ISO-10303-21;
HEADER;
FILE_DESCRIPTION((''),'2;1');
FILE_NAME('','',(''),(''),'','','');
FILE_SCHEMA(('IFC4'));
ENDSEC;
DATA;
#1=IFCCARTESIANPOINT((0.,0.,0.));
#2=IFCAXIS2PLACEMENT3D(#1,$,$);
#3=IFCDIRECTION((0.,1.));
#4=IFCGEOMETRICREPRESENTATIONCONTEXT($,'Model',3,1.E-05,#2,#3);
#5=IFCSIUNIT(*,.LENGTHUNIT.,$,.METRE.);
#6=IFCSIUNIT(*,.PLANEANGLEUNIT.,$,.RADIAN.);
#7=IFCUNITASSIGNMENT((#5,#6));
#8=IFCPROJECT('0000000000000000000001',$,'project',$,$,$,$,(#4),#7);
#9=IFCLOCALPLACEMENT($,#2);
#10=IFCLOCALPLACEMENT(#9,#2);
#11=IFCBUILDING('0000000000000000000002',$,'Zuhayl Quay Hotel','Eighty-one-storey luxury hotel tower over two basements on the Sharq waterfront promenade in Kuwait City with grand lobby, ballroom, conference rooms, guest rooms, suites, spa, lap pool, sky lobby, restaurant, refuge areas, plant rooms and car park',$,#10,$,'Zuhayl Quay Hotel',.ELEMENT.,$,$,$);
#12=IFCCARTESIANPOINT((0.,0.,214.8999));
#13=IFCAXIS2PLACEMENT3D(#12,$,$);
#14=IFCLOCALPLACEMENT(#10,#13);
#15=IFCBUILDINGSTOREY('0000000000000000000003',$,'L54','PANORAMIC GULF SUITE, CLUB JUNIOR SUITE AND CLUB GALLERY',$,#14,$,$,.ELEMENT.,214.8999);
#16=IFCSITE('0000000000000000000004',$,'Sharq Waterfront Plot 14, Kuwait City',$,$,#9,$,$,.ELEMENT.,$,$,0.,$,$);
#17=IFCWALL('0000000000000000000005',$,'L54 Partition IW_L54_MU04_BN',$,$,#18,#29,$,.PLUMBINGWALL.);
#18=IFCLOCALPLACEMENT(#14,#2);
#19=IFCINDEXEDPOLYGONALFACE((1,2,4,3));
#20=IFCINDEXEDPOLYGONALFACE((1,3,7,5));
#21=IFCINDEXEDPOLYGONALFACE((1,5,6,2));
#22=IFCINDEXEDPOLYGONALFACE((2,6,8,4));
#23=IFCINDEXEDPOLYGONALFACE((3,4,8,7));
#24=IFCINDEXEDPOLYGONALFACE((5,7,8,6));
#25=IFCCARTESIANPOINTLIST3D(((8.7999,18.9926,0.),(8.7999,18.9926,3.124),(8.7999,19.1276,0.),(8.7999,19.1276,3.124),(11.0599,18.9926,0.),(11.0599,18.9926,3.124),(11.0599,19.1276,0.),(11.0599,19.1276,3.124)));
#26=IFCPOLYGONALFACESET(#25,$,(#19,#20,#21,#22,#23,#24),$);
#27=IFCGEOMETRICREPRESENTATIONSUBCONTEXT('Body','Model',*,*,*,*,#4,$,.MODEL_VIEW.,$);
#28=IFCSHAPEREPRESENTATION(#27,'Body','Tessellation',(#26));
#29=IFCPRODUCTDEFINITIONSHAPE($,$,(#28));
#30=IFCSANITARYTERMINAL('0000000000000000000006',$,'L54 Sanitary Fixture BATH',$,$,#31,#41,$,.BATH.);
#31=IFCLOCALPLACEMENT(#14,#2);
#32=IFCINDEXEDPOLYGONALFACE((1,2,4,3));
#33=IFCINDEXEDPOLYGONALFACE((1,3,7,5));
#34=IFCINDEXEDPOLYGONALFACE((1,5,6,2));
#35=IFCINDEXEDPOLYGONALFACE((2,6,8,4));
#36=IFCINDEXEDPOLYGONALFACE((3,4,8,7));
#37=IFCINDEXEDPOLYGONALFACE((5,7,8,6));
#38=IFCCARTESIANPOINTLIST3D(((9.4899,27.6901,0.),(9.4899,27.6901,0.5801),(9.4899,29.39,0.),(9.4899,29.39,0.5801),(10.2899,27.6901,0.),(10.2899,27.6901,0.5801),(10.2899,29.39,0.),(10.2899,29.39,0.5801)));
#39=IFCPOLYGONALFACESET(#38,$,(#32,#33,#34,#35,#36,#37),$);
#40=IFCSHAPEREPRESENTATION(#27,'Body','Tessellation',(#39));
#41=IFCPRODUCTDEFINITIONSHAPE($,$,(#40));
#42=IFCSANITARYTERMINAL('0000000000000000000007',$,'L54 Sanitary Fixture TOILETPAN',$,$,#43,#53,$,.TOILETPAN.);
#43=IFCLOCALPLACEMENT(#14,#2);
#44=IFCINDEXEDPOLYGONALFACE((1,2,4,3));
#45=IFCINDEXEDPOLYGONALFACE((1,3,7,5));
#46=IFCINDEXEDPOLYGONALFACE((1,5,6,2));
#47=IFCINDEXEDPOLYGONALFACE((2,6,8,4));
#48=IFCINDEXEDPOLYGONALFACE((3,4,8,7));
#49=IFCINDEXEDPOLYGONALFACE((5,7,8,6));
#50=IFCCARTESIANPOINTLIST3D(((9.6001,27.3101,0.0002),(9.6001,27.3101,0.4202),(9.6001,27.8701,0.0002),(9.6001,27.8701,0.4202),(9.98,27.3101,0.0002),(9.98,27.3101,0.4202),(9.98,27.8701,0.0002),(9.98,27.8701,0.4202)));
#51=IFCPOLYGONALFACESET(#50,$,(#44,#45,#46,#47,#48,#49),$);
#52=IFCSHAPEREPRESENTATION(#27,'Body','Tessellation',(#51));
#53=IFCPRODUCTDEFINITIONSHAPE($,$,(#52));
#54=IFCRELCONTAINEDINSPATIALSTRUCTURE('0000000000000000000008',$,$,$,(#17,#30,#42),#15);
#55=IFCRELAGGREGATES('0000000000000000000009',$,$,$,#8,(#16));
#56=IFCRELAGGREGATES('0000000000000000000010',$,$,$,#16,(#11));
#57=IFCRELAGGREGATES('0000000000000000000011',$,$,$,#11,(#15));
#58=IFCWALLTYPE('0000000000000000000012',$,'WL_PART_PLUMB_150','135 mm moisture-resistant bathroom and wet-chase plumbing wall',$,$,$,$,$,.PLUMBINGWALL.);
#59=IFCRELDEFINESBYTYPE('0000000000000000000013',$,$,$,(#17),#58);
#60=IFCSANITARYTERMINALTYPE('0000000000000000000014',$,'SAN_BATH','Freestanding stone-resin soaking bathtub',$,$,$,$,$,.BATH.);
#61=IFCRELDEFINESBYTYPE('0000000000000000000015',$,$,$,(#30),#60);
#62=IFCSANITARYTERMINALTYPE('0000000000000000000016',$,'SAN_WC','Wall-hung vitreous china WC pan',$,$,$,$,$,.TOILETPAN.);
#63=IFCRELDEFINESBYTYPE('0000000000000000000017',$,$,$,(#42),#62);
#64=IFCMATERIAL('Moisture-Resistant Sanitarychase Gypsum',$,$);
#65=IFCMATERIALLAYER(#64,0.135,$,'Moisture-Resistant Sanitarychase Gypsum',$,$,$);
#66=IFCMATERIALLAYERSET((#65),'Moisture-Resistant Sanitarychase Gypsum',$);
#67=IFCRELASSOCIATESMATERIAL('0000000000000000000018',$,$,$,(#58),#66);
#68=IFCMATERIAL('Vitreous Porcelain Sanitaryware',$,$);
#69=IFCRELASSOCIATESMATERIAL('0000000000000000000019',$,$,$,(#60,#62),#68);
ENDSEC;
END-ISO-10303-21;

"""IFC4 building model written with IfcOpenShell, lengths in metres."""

from ifc_helpers import new_model, si_unit, direction, frame, frame_2d, origin, origin_2d, place, context, subcontext, project, spatial, rectangle, extrude, material, layer, layer_set, type_object, element, save


model = new_model("IFC4")

# Units and contexts
model_context = context("Model", 3, precision=1e-05, world=origin(), true_north=direction((0.0, 1.0)))
body_context = subcontext(model_context, "Body", "Model", "MODEL_VIEW")
ifc_project = project(units=[si_unit("LENGTHUNIT", "METRE"), si_unit("PLANEANGLEUNIT", "RADIAN")], contexts=[model_context])

# Site, building, storey
site_placement = place(None, origin())
site = spatial("IfcSite", under=ifc_project, at=site_placement, Name="Sharq Waterfront Plot 14, Kuwait City", CompositionType="ELEMENT", RefElevation=0.0)
building_placement = place(site_placement, origin())
building = spatial("IfcBuilding", under=site, at=building_placement, Name="Zuhayl Quay Hotel", Description="Eighty-one-storey luxury hotel tower over two basements on the Sharq waterfront promenade in Kuwait City with grand lobby, ballroom, conference rooms, guest rooms, suites, spa, lap pool, sky lobby, restaurant, refuge areas, plant rooms and car park", LongName="Zuhayl Quay Hotel", CompositionType="ELEMENT")
storey_placement = place(building_placement, frame((0.0, 0.0, 214.8999)))
storey = spatial("IfcBuildingStorey", under=building, at=storey_placement, Name="L54", Description="PANORAMIC GULF SUITE, CLUB JUNIOR SUITE AND CLUB GALLERY", CompositionType="ELEMENT", Elevation=214.8999)

# Wall
ifc_material_1 = material(Name="Moisture-Resistant Sanitarychase Gypsum")
ifc_layer_1 = layer(ifc_material_1, 0.135, Name="Moisture-Resistant Sanitarychase Gypsum")
ifc_layer_set_1 = layer_set([ifc_layer_1], Name="Moisture-Resistant Sanitarychase Gypsum")
wall_type_1 = type_object("IfcWallType", Name="WL_PART_PLUMB_150", Description="135 mm moisture-resistant bathroom and wet-chase plumbing wall", PredefinedType="PLUMBINGWALL", material=ifc_layer_set_1)
wall_1_placement = place(storey_placement, frame((8.8, 19.0601, 0.0), z_axis=(0.0, 0.0, 1.0), x_axis=(1.0, 0.0, 0.0)))
element("IfcWall", 1, at=wall_1_placement, inside=storey, type_object=wall_type_1, Name="L54 Partition IW_L54_MU04_BN", PredefinedType="PLUMBINGWALL", context=body_context, shape_type="SweptSolid", body=[
    extrude(rectangle(XDim=2.26, YDim=0.135, at=frame_2d((1.1299, 0.0))), origin(), (0.0, 0.0, 1.0), 3.124),
])

# Sanitary terminals
ifc_material_2 = material(Name="Vitreous Porcelain Sanitaryware")
sanitary_terminal_type_1 = type_object("IfcSanitaryTerminalType", Name="SAN_BATH", Description="Freestanding stone-resin soaking bathtub", PredefinedType="BATH", material=ifc_material_2)
sanitary_terminal_1_placement = place(storey_placement, frame((9.8899, 28.54, 0.0), z_axis=(0.0, 0.0, 1.0), x_axis=(1.0, 0.0, 0.0)))
element("IfcSanitaryTerminal", 2, at=sanitary_terminal_1_placement, inside=storey, type_object=sanitary_terminal_type_1, Name="L54 Sanitary Fixture BATH", PredefinedType="BATH", context=body_context, shape_type="SweptSolid", body=[
    extrude(rectangle(XDim=0.8, YDim=1.7, at=origin_2d()), origin(), (0.0, 0.0, 1.0), 0.5801),
])
sanitary_terminal_type_2 = type_object("IfcSanitaryTerminalType", Name="SAN_WC", Description="Wall-hung vitreous china WC pan", PredefinedType="TOILETPAN", material=ifc_material_2)
sanitary_terminal_2_placement = place(storey_placement, frame((9.79, 27.5901, 0.0002), z_axis=(0.0, 0.0, 1.0), x_axis=(1.0, 0.0, 0.0)))
element("IfcSanitaryTerminal", 3, at=sanitary_terminal_2_placement, inside=storey, type_object=sanitary_terminal_type_2, Name="L54 Sanitary Fixture TOILETPAN", PredefinedType="TOILETPAN", context=body_context, shape_type="SweptSolid", body=[
    extrude(rectangle(XDim=0.3799, YDim=0.5601, at=origin_2d()), origin(), (0.0, 0.0, 1.0), 0.4199),
])

save(model, "model.ifc")
